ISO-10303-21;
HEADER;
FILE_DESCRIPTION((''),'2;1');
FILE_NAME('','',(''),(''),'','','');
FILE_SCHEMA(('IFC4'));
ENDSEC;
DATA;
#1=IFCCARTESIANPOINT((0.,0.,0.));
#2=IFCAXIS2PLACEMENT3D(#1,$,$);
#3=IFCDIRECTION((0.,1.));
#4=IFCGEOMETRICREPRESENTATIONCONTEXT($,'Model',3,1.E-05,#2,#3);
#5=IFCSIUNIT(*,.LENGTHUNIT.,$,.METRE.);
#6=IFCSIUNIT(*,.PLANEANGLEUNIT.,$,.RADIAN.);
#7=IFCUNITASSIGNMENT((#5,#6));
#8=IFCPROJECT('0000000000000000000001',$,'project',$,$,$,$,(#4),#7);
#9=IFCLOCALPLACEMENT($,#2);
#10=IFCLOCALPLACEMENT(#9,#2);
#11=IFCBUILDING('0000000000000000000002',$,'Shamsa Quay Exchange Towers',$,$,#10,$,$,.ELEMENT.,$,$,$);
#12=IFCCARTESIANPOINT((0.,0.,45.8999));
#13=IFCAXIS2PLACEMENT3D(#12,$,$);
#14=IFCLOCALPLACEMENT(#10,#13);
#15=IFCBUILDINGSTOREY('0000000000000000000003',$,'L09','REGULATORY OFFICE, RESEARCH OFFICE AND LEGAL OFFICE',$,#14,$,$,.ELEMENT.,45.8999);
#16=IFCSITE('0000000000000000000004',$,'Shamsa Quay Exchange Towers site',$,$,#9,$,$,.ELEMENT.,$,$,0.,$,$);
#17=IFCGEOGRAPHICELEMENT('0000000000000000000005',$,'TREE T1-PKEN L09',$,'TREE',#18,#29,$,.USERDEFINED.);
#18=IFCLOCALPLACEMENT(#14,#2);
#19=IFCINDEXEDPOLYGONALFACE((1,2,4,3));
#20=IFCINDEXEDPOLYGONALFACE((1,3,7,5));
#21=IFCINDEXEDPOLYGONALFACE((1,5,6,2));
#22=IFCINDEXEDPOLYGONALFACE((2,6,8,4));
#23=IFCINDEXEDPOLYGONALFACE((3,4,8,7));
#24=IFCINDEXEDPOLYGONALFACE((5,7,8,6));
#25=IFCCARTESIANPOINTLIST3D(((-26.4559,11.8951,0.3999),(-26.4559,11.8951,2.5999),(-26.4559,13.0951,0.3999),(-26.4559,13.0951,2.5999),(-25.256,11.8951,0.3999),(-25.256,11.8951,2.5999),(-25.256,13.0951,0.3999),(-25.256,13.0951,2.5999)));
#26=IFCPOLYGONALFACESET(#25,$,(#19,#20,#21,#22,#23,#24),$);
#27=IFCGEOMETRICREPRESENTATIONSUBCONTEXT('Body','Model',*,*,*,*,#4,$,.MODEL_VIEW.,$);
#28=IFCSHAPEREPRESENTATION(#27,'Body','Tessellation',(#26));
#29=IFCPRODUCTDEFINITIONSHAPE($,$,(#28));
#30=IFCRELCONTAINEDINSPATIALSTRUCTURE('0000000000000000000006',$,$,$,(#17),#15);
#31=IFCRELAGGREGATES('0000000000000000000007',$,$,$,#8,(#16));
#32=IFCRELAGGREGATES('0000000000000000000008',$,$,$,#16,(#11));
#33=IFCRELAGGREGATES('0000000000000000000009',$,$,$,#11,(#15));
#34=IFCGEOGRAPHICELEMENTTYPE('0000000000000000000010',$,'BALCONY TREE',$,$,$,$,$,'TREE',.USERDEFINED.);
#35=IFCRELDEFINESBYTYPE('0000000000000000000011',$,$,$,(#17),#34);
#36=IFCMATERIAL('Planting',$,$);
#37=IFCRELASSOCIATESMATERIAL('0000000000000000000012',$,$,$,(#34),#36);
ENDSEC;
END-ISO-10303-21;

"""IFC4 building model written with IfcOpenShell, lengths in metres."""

from ifc_helpers import new_model, si_unit, direction, frame, origin, origin_2d, place, context, subcontext, project, spatial, rectangle, extrude, material, type_object, element, save


model = new_model("IFC4")

# Units and contexts
model_context = context("Model", 3, precision=1e-05, world=origin(), true_north=direction((0.0, 1.0)))
body_context = subcontext(model_context, "Body", "Model", "MODEL_VIEW")
ifc_project = project(units=[si_unit("LENGTHUNIT", "METRE"), si_unit("PLANEANGLEUNIT", "RADIAN")], contexts=[model_context])

# Site, building, storey
site_placement = place(None, origin())
site = spatial("IfcSite", under=ifc_project, at=site_placement, Name="Shamsa Quay Exchange Towers site", CompositionType="ELEMENT", RefElevation=0.0)
building_placement = place(site_placement, origin())
building = spatial("IfcBuilding", under=site, at=building_placement, Name="Shamsa Quay Exchange Towers", CompositionType="ELEMENT")
storey_placement = place(building_placement, frame((0.0, 0.0, 45.8999)))
storey = spatial("IfcBuildingStorey", under=building, at=storey_placement, Name="L09", Description="REGULATORY OFFICE, RESEARCH OFFICE AND LEGAL OFFICE", CompositionType="ELEMENT", Elevation=45.8999)

# Geographic element
ifc_material_1 = material(Name="Planting")
geographic_element_type = type_object("IfcGeographicElementType", Name="BALCONY TREE", ElementType="TREE", PredefinedType="USERDEFINED", material=ifc_material_1)
geographic_element_placement = place(storey_placement, frame((-25.856, 12.4951, 0.3999), z_axis=(0.0, 0.0, 1.0), x_axis=(-1.0, 0.0, 0.0)))
element("IfcGeographicElement", 1, at=geographic_element_placement, inside=storey, type_object=geographic_element_type, Name="TREE T1-PKEN L09", ObjectType="TREE", PredefinedType="USERDEFINED", context=body_context, shape_type="SweptSolid", body=[
    extrude(rectangle(XDim=1.2, YDim=1.2, at=origin_2d()), origin(), (0.0, 0.0, 1.0), 2.2),
])

save(model, "model.ifc")
